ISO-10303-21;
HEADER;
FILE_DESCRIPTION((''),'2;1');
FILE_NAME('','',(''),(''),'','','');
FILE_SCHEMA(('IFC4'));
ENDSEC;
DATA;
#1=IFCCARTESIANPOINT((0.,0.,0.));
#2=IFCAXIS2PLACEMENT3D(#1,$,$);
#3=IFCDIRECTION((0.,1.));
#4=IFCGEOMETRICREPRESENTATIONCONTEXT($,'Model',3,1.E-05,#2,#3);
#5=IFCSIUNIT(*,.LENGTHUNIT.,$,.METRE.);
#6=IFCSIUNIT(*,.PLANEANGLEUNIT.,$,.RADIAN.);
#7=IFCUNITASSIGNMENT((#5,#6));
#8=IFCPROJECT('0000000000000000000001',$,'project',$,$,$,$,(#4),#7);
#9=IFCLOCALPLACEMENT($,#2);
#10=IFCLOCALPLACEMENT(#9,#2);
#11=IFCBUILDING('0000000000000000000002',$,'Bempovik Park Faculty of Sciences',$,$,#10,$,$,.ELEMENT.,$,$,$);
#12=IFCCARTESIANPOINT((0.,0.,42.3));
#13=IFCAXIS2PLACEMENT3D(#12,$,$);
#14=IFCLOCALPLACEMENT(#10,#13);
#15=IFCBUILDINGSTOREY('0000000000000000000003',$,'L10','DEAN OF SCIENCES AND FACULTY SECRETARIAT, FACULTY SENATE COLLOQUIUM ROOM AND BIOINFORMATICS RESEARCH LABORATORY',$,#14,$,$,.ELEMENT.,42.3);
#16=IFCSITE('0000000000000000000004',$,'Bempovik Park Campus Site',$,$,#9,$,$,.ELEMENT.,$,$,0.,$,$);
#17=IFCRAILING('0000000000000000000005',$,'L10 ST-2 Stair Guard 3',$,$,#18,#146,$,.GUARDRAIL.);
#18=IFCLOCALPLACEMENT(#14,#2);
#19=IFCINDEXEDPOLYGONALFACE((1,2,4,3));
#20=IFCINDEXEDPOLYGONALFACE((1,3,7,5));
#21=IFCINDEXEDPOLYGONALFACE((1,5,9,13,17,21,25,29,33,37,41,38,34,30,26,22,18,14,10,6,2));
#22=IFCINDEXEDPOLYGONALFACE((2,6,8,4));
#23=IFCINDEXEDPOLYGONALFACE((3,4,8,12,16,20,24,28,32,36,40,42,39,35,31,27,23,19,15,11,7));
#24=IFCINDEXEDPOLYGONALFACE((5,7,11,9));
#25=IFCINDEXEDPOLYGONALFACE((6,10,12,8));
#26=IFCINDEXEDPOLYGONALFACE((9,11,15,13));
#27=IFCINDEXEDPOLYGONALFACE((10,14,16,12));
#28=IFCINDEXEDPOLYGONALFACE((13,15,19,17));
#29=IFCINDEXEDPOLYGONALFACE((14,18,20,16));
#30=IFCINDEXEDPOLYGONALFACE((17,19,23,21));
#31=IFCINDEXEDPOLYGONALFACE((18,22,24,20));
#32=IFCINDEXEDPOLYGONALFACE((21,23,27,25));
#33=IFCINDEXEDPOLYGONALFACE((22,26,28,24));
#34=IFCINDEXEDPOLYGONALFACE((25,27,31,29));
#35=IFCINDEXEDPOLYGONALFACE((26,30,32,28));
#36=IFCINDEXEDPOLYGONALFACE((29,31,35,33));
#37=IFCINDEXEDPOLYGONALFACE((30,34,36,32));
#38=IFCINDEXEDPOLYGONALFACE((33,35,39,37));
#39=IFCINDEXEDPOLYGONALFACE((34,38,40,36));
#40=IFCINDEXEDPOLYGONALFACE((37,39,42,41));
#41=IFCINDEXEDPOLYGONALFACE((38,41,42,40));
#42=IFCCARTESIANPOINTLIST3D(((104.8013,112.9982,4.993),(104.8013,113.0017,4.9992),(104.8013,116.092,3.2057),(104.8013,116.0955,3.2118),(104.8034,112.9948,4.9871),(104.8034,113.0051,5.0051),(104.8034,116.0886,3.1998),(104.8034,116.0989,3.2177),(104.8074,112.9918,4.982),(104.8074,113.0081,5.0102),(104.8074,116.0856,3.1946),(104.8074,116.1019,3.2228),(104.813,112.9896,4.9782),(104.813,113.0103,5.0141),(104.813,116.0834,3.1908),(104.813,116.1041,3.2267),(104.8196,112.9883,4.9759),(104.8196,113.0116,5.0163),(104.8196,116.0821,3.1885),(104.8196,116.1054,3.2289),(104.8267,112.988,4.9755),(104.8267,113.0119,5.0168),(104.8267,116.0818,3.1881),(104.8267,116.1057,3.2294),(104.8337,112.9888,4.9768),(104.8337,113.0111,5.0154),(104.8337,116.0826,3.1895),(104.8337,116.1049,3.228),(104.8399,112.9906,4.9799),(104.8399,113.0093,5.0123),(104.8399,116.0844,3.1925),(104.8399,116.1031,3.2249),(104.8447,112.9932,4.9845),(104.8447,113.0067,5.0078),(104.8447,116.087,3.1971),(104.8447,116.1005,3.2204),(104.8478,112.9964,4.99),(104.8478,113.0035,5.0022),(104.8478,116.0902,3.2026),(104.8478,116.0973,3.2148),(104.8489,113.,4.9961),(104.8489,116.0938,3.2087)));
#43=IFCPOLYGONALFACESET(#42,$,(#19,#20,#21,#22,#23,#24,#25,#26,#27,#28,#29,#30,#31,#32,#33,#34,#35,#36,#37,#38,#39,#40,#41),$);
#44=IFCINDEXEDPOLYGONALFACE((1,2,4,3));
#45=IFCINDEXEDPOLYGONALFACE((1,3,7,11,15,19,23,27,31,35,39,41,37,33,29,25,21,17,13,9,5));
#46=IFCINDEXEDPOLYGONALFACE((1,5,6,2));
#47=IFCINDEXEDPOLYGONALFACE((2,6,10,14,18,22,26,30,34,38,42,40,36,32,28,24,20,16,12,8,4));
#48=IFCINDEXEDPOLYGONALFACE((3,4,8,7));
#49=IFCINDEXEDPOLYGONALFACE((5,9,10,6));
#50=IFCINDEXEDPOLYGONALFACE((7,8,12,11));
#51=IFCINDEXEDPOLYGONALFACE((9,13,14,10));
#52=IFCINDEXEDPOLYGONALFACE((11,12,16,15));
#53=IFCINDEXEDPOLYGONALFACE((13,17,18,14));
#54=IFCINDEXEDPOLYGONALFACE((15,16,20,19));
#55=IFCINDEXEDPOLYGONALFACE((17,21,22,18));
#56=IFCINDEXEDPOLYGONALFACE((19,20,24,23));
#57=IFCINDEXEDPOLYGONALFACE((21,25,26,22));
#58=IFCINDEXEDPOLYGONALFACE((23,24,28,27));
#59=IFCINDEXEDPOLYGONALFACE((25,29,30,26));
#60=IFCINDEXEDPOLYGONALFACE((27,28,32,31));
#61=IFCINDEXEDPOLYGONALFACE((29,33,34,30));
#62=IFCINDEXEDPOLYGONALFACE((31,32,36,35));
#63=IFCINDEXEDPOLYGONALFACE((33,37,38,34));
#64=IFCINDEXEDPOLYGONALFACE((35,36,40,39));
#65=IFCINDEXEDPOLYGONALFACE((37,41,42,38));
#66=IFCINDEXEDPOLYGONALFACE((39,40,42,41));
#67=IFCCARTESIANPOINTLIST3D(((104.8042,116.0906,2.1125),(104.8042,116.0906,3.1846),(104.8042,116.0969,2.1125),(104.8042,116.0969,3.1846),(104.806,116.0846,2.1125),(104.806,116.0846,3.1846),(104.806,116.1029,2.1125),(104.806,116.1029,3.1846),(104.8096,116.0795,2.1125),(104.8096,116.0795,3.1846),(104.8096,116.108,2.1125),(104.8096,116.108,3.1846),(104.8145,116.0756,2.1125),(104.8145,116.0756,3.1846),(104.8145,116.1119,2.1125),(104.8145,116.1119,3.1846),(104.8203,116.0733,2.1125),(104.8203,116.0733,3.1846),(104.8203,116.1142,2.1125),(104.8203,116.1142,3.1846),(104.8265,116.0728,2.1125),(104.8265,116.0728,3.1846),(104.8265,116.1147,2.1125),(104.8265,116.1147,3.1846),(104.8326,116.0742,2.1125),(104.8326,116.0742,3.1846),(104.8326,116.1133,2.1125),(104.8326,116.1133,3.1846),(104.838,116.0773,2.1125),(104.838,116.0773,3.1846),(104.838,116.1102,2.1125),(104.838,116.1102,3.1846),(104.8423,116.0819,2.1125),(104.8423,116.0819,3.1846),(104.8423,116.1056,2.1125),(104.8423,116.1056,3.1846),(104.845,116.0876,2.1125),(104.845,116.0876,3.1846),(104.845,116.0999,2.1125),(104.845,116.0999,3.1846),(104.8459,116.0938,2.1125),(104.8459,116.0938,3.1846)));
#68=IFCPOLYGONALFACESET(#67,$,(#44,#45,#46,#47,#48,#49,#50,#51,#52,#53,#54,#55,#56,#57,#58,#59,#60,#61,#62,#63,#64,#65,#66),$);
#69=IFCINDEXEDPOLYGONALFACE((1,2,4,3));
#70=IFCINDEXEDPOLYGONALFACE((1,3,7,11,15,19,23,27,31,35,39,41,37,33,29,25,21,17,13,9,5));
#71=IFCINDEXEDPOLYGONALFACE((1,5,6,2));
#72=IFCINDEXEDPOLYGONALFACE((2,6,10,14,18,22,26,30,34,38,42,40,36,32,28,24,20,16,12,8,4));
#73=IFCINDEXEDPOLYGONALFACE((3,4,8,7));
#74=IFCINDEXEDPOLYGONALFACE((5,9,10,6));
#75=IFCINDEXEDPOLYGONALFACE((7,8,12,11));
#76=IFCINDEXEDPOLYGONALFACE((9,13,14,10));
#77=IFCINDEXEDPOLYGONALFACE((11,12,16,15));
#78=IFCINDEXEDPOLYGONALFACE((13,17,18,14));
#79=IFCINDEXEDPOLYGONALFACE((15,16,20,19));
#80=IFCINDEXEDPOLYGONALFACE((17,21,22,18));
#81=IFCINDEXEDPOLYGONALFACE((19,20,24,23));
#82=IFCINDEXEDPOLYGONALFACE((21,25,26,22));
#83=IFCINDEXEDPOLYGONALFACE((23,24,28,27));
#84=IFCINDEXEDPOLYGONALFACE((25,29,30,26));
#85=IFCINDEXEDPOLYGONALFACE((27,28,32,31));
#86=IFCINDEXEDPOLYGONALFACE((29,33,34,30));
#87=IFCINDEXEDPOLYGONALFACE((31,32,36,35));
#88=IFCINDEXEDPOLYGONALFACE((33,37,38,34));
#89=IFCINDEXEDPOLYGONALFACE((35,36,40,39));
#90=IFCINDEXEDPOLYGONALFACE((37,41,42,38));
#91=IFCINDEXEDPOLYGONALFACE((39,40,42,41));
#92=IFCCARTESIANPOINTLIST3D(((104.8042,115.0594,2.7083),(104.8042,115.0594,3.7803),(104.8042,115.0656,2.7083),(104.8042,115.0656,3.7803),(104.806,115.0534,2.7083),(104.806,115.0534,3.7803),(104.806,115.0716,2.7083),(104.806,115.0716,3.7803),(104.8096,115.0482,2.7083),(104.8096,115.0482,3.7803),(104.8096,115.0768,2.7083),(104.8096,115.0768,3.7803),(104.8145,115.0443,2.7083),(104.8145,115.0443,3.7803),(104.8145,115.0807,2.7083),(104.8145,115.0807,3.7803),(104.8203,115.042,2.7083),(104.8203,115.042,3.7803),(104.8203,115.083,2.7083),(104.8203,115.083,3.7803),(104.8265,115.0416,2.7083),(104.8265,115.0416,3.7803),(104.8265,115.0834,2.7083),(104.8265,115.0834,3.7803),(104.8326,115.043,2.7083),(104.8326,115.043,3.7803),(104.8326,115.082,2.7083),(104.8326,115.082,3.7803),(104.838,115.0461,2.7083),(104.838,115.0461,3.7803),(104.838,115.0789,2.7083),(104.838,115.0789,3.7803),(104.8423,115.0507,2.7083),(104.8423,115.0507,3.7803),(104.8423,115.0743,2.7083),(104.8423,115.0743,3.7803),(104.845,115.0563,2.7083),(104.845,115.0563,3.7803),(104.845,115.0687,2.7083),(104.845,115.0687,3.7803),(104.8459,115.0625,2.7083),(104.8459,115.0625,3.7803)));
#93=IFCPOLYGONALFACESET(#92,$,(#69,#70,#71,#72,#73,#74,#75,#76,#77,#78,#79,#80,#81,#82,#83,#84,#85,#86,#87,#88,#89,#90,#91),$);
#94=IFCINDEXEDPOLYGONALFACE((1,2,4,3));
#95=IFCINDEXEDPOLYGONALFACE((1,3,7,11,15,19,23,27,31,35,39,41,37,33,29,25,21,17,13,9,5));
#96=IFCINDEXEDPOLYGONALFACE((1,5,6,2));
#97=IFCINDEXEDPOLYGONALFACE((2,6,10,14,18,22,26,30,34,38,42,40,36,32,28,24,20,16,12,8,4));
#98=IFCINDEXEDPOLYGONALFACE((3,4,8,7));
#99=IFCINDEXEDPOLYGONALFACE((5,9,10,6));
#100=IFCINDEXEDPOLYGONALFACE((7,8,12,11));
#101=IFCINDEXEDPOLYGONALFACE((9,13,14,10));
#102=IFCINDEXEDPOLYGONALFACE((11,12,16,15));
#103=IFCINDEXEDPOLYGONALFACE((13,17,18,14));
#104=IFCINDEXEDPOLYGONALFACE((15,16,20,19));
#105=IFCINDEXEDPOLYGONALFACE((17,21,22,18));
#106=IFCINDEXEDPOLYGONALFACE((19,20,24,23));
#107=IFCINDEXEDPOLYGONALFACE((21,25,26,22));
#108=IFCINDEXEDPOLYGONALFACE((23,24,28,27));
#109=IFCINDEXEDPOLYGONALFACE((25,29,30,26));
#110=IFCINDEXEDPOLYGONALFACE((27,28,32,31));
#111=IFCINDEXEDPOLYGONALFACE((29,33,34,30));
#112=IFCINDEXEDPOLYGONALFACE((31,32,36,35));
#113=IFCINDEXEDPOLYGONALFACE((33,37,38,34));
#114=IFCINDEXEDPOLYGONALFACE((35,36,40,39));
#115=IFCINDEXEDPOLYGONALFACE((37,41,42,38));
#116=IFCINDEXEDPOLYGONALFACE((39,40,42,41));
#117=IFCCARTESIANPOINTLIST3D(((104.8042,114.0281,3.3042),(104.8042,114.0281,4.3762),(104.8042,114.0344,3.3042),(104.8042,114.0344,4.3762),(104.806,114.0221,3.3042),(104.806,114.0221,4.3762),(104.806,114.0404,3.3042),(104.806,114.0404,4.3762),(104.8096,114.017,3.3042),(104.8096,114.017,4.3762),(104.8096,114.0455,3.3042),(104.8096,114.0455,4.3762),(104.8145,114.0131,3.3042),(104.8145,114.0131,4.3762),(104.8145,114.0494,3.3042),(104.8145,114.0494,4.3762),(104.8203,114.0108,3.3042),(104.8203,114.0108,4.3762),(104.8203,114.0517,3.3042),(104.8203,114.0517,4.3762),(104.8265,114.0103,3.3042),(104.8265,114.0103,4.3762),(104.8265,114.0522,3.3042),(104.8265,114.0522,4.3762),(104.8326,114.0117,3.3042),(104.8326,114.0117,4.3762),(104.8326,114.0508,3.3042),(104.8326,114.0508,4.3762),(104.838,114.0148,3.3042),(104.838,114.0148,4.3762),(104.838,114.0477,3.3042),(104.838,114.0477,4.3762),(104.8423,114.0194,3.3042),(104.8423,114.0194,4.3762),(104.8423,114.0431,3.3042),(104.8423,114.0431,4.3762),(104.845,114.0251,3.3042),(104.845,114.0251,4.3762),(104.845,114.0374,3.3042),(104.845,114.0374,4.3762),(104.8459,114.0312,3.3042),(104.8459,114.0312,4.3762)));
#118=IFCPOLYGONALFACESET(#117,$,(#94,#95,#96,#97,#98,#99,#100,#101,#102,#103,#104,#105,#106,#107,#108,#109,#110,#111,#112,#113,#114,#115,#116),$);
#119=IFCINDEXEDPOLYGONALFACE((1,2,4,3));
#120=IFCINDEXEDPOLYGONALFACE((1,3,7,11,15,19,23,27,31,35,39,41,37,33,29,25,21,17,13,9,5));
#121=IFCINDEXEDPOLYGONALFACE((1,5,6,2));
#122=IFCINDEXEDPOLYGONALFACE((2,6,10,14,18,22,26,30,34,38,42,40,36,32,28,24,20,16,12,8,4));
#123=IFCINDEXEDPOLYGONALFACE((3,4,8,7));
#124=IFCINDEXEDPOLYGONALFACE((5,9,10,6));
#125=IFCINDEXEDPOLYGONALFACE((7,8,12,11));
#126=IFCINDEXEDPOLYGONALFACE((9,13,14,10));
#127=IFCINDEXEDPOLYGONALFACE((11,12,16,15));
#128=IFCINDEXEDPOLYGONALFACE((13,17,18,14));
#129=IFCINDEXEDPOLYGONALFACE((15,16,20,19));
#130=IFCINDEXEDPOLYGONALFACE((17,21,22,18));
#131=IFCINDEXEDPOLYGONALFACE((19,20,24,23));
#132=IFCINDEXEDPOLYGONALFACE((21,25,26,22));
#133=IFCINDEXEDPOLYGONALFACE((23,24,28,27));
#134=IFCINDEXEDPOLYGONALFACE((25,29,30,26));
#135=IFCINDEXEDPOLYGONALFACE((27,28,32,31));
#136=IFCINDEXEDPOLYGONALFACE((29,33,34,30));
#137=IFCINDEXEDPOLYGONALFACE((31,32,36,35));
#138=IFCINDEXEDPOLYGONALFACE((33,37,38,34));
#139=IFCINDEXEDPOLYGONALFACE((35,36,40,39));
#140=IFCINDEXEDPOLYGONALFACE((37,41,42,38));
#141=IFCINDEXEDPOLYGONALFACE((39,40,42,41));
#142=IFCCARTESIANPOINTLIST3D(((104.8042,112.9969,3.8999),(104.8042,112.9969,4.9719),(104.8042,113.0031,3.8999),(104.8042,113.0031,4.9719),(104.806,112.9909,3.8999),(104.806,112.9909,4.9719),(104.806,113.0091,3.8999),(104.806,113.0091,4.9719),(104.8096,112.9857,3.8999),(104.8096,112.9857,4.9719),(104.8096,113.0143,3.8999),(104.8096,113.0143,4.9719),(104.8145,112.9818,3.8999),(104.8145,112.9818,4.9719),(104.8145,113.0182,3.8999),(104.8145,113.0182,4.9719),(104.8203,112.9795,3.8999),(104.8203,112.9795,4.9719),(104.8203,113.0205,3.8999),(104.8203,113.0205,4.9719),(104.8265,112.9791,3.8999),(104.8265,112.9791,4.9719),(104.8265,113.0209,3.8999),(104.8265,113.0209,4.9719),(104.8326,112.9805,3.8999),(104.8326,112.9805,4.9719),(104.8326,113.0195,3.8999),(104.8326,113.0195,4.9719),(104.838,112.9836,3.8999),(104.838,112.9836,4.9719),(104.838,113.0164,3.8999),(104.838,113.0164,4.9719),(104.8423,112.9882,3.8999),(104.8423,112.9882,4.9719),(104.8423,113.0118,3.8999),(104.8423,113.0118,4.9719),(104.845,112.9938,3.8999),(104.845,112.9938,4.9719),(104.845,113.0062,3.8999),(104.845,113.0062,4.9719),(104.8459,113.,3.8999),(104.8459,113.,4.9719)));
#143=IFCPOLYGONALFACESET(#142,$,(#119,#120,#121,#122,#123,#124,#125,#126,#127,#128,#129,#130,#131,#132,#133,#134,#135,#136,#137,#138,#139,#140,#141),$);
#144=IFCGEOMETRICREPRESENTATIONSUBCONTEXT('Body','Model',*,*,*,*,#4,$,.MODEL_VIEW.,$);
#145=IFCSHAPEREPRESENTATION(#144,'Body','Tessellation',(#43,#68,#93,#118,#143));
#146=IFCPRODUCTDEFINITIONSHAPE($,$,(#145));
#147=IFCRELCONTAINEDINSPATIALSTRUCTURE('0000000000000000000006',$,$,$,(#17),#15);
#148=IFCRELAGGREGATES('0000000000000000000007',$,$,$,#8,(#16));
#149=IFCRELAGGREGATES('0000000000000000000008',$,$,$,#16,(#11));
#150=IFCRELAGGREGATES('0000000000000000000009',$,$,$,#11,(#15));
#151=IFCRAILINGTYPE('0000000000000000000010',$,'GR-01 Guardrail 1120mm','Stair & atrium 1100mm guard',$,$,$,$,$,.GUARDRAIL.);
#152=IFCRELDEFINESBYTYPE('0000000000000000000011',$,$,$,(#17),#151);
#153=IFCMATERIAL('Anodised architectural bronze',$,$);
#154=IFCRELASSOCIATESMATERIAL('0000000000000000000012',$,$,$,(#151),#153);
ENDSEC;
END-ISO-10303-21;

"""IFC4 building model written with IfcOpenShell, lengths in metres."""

from ifc_helpers import new_model, si_unit, direction, frame, origin, origin_2d, place, context, subcontext, project, spatial, circle, extrude, material, type_object, element, save


model = new_model("IFC4")

# Units and contexts
model_context = context("Model", 3, precision=1e-05, world=origin(), true_north=direction((0.0, 1.0)))
body_context = subcontext(model_context, "Body", "Model", "MODEL_VIEW")
ifc_project = project(units=[si_unit("LENGTHUNIT", "METRE"), si_unit("PLANEANGLEUNIT", "RADIAN")], contexts=[model_context])

# Site, building, storey
site_placement = place(None, origin())
site = spatial("IfcSite", under=ifc_project, at=site_placement, Name="Bempovik Park Campus Site", CompositionType="ELEMENT", RefElevation=0.0)
building_placement = place(site_placement, origin())
building = spatial("IfcBuilding", under=site, at=building_placement, Name="Bempovik Park Faculty of Sciences", CompositionType="ELEMENT")
storey_placement = place(building_placement, frame((0.0, 0.0, 42.3)))
storey = spatial("IfcBuildingStorey", under=building, at=storey_placement, Name="L10", Description="DEAN OF SCIENCES AND FACULTY SECRETARIAT, FACULTY SENATE COLLOQUIUM ROOM AND BIOINFORMATICS RESEARCH LABORATORY", CompositionType="ELEMENT", Elevation=42.3)

# Railing
ifc_material_1 = material(Name="Anodised architectural bronze")
railing_type_1 = type_object("IfcRailingType", Name="GR-01 Guardrail 1120mm", Description="Stair & atrium 1100mm guard", PredefinedType="GUARDRAIL", material=ifc_material_1)
railing_1_placement = place(storey_placement, frame((104.825, 116.0938, 2.1125)))
element("IfcRailing", 1, at=railing_1_placement, inside=storey, type_object=railing_type_1, Name="L10 ST-2 Stair Guard 3", PredefinedType="GUARDRAIL", context=body_context, shape_type="SweptSolid", body=[
    extrude(circle(Radius=0.0239, at=origin_2d()), frame((0.0, 0.0, 1.0962), z_axis=(0.0, -0.865883, 0.500247), x_axis=(1.0, 0.0, 0.0)), (0.0, 0.0, 1.0), 3.573),
    extrude(circle(Radius=0.021, at=origin_2d()), origin(), (0.0, 0.0, 1.0), 1.072),
    extrude(circle(Radius=0.021, at=origin_2d()), frame((0.0, -1.0312, 0.5957)), (0.0, 0.0, 1.0), 1.072),
    extrude(circle(Radius=0.021, at=origin_2d()), frame((0.0, -2.0625, 1.1917)), (0.0, 0.0, 1.0), 1.072),
    extrude(circle(Radius=0.021, at=origin_2d()), frame((0.0, -3.0938, 1.7874)), (0.0, 0.0, 1.0), 1.072),
])

save(model, "model.ifc")
